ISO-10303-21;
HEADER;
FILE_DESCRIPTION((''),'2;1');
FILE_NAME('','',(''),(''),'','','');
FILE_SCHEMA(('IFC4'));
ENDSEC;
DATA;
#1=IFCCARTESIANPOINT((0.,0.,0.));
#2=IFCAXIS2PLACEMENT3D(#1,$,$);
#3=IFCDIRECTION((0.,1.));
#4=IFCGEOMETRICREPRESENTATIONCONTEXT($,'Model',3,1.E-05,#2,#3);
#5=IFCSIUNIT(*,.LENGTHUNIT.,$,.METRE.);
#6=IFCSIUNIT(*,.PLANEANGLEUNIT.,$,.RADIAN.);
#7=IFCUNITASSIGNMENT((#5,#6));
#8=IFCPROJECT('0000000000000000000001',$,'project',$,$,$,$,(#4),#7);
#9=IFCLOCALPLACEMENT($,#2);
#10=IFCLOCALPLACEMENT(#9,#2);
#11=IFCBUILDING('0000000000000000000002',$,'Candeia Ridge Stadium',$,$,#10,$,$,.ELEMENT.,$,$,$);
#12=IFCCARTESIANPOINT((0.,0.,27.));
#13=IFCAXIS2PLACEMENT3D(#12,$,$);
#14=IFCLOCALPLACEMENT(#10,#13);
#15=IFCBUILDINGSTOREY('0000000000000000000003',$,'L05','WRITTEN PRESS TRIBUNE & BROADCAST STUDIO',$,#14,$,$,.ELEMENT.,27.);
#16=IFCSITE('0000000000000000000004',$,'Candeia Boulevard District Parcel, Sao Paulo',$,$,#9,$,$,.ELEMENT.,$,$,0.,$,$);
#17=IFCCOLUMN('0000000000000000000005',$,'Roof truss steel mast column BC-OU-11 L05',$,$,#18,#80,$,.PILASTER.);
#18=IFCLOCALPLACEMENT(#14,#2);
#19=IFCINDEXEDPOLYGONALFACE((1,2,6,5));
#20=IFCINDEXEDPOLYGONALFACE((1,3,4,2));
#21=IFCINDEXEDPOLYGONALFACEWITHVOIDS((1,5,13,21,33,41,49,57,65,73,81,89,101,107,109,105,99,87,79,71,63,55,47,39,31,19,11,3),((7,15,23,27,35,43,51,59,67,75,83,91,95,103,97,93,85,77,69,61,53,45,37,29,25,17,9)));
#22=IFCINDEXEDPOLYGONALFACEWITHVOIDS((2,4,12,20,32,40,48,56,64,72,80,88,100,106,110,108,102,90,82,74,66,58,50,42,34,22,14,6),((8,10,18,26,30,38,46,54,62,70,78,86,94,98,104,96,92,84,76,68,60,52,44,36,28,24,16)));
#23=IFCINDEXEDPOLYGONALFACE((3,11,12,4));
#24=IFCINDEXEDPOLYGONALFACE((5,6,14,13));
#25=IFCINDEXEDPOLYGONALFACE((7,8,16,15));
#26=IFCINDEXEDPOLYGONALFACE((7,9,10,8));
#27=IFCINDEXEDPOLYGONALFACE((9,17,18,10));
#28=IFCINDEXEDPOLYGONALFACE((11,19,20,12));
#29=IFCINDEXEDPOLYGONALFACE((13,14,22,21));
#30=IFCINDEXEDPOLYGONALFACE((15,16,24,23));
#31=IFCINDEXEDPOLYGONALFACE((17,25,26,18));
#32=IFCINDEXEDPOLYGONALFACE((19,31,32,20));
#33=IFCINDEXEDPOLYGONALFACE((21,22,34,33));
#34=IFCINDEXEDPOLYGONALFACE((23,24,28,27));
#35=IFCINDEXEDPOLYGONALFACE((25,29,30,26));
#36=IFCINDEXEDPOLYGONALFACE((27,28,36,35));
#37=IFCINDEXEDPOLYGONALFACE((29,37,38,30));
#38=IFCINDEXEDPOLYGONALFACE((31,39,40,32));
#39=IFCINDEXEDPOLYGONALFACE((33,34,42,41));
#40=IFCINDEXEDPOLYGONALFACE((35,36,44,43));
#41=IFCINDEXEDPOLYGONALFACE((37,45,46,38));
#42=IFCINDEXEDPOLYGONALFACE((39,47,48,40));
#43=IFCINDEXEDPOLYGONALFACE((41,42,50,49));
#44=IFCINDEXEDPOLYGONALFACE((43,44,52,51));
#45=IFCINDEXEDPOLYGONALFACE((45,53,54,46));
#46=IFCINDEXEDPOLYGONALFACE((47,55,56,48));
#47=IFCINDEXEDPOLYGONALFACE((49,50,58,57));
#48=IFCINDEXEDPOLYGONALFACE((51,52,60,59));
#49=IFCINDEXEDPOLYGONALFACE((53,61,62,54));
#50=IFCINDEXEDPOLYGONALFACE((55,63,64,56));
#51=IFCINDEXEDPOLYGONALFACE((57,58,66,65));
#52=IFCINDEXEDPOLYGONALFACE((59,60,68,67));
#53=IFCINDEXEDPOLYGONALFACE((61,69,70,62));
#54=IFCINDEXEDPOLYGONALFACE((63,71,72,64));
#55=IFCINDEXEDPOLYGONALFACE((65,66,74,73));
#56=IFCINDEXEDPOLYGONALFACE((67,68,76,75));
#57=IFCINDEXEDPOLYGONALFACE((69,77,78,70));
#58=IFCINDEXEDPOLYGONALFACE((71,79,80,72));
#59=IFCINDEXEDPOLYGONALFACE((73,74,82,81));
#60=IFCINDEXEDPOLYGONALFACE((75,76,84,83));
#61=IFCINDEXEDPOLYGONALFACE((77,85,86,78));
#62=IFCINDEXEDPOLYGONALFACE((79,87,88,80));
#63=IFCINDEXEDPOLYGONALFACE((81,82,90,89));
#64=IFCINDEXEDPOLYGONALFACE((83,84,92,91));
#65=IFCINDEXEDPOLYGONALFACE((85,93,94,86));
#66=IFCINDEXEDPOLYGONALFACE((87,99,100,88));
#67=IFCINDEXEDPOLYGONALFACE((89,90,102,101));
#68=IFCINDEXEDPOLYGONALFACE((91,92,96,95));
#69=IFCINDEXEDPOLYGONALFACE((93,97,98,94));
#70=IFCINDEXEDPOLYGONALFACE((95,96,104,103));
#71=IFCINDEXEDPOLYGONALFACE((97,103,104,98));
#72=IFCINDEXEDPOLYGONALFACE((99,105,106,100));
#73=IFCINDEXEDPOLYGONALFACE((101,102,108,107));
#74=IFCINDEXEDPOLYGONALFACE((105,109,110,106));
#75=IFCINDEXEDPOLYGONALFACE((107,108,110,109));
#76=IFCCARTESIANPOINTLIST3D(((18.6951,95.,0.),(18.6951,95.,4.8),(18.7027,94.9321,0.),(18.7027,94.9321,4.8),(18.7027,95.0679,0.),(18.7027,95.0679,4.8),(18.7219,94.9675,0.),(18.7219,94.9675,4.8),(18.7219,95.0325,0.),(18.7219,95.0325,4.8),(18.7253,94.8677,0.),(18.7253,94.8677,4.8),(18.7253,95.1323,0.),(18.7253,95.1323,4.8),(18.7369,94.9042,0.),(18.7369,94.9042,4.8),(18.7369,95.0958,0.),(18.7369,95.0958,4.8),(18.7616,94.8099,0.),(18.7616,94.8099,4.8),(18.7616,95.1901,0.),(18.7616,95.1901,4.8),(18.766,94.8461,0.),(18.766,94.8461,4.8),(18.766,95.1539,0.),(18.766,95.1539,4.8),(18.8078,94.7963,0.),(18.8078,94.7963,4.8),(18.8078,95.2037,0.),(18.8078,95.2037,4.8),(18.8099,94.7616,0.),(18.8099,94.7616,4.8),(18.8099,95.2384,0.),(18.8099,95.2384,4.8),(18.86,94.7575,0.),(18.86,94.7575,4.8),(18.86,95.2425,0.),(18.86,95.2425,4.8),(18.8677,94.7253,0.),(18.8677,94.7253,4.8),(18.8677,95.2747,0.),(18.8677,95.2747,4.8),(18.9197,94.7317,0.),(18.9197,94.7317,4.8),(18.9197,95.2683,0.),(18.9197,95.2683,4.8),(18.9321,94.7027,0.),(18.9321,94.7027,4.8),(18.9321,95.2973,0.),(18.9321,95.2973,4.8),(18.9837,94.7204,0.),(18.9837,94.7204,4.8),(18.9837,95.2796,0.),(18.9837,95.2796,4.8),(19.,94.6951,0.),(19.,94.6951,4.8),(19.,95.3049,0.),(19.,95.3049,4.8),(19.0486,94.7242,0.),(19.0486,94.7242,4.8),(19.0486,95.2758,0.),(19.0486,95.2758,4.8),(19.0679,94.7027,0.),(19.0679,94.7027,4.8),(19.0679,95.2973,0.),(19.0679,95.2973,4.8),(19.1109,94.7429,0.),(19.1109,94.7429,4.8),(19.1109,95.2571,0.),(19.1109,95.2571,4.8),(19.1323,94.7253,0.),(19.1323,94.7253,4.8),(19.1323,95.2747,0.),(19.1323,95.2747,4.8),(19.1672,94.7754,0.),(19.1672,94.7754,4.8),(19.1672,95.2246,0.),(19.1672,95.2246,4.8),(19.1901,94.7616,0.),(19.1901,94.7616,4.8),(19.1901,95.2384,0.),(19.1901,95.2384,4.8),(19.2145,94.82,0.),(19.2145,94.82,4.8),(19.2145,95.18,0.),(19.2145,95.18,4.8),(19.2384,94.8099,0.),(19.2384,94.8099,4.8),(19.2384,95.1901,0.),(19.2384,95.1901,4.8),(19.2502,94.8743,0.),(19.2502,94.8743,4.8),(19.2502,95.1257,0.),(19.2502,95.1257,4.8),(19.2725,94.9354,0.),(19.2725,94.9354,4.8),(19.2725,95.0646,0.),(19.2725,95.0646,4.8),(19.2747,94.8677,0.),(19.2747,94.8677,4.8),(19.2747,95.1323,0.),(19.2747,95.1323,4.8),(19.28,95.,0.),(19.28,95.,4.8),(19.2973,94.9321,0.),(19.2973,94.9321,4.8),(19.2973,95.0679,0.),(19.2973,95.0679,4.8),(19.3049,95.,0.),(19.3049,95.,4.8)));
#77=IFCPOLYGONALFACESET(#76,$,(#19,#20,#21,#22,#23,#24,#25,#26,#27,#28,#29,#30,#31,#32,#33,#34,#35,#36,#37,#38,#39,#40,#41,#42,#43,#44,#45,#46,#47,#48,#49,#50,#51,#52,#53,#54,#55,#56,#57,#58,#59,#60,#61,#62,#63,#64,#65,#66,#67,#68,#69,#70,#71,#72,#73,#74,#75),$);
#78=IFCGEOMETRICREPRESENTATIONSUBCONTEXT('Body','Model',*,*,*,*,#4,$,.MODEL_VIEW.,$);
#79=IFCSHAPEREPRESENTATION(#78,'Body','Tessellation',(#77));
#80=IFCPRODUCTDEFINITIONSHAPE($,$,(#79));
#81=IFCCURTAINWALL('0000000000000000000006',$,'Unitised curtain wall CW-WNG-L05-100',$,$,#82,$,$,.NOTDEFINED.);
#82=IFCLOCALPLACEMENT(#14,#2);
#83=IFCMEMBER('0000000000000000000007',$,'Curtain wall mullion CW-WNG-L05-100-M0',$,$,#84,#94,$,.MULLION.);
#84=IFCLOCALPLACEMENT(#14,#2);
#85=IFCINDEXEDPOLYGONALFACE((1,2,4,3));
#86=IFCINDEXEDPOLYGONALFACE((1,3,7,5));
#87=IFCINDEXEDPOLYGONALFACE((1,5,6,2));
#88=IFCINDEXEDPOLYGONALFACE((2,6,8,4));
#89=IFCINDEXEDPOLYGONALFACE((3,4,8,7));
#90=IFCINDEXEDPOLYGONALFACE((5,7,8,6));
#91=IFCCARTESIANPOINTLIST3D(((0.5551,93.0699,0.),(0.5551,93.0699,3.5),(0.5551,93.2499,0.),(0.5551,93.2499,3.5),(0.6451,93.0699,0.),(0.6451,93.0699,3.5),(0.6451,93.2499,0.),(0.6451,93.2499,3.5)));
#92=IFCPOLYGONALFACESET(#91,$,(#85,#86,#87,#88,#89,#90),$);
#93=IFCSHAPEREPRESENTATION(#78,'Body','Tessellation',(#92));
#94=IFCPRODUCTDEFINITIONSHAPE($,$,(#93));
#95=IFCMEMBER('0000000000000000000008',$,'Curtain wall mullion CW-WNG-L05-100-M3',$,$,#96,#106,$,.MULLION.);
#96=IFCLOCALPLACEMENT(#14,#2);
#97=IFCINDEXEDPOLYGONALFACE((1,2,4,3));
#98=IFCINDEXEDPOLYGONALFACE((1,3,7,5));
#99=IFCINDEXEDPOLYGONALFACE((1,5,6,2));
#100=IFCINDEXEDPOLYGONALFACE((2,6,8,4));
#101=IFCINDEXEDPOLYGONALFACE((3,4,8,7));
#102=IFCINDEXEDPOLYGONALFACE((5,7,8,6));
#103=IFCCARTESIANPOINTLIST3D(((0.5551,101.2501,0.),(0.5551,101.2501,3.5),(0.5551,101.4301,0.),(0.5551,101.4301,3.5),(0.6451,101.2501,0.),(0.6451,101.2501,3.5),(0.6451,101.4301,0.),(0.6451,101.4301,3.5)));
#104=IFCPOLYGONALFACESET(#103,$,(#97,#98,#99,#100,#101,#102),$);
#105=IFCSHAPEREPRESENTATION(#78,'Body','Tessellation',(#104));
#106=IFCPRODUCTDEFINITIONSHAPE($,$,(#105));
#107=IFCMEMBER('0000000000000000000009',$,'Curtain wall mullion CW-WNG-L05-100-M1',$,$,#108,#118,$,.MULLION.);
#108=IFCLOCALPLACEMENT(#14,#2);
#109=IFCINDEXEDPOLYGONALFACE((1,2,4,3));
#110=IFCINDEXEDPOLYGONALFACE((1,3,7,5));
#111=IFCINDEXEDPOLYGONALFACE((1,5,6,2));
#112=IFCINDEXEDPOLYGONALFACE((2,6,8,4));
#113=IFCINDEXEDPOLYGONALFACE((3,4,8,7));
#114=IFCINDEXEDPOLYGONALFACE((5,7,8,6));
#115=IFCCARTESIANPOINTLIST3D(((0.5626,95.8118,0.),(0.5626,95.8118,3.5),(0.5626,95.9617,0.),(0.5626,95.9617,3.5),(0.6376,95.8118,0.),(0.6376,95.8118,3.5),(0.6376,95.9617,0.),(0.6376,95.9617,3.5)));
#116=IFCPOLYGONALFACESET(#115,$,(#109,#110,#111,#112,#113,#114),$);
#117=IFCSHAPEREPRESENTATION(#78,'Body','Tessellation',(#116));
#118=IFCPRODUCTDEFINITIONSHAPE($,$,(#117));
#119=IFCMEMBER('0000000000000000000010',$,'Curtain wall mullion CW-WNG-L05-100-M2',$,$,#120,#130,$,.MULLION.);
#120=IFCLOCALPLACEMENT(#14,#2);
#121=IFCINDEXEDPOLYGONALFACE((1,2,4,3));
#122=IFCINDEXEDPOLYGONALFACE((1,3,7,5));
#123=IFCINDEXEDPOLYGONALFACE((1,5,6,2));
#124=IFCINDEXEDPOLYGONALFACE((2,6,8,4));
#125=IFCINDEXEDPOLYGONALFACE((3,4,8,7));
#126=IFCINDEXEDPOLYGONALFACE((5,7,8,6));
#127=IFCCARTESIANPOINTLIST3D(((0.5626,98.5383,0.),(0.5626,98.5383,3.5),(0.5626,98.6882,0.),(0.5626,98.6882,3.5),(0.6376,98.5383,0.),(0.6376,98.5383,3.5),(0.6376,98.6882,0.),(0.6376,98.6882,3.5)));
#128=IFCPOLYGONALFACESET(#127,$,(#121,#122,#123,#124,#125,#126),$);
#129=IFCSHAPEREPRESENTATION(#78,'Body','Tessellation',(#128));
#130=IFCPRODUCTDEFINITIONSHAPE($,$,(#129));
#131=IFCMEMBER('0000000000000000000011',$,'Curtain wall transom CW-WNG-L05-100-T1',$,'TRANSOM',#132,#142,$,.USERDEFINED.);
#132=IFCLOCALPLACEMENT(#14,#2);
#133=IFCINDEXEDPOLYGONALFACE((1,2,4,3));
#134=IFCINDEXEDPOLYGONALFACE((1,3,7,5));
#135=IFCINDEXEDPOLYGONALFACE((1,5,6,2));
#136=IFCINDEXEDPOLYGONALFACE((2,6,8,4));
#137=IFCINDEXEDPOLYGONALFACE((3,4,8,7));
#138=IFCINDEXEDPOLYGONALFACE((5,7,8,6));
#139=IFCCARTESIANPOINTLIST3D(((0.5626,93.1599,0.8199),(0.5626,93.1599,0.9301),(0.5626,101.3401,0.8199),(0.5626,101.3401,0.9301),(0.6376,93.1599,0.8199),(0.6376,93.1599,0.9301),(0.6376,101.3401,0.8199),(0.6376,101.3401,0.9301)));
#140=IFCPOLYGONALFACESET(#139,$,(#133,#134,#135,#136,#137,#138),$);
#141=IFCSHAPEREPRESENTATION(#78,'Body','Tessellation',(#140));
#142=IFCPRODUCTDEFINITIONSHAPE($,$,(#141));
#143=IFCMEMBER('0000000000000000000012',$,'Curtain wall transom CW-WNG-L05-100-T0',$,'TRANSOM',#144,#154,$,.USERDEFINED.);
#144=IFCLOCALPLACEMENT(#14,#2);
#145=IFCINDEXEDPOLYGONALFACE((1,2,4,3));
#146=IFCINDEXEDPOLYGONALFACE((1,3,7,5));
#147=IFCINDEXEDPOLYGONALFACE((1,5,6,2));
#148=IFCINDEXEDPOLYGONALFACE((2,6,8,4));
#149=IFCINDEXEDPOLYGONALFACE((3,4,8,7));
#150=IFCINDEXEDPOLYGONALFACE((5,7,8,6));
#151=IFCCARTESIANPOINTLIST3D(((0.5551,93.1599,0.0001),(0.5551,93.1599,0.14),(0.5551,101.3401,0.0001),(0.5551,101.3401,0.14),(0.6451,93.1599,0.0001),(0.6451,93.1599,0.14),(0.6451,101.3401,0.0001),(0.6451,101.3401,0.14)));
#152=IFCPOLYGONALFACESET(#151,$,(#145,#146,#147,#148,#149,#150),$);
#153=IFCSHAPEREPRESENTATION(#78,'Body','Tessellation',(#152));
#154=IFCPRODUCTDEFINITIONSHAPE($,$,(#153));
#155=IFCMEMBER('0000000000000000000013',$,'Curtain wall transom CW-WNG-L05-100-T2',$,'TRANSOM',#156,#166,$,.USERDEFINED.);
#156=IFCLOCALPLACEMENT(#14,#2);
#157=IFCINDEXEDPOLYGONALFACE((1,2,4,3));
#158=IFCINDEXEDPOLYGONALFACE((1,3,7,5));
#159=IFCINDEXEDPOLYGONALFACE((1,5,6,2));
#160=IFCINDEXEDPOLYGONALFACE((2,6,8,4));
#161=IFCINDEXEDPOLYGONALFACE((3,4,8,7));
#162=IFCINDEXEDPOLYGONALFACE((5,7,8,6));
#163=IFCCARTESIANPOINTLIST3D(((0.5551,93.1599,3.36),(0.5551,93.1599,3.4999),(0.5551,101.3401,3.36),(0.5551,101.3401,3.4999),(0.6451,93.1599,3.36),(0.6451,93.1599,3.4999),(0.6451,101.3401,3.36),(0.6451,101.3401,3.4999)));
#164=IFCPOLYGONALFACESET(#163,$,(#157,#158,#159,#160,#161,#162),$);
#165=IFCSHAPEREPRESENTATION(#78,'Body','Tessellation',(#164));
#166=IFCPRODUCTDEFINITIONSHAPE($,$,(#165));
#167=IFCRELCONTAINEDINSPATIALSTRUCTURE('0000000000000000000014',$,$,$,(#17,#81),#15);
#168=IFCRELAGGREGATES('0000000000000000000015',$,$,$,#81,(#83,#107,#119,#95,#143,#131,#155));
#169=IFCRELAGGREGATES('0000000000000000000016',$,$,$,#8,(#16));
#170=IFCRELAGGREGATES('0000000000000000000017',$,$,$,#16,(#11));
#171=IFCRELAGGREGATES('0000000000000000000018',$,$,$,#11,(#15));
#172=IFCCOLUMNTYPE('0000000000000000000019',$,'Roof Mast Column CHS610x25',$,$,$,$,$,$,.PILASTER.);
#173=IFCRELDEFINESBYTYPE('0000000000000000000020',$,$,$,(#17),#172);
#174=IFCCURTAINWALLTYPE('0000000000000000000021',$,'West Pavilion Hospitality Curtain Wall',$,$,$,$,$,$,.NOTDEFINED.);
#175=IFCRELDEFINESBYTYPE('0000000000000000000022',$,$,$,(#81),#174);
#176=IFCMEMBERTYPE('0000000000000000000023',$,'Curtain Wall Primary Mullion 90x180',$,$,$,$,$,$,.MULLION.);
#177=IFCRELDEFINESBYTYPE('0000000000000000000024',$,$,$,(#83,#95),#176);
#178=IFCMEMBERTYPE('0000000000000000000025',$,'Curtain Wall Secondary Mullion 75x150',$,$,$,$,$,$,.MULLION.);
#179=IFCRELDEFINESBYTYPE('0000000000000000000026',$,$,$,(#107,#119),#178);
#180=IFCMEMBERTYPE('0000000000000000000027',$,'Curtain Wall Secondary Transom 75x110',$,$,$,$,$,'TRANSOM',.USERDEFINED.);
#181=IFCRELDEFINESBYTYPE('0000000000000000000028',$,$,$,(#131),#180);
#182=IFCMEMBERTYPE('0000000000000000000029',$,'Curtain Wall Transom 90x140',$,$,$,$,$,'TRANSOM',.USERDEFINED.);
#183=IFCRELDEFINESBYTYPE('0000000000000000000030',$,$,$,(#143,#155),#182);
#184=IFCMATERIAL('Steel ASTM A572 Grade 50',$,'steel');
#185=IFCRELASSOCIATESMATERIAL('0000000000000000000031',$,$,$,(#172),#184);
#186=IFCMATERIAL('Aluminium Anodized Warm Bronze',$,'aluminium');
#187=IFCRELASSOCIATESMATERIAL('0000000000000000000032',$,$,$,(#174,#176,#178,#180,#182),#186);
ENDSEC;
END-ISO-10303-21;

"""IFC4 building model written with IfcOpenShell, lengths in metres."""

from ifc_helpers import new_model, si_unit, direction, frame, origin, origin_2d, place, context, subcontext, project, spatial, rectangle, hollow_circle, extrude, material, material_profile, profile_set, type_object, element, aggregate, save


model = new_model("IFC4")

# Units and contexts
model_context = context("Model", 3, precision=1e-05, world=origin(), true_north=direction((0.0, 1.0)))
body_context = subcontext(model_context, "Body", "Model", "MODEL_VIEW")
ifc_project = project(units=[si_unit("LENGTHUNIT", "METRE"), si_unit("PLANEANGLEUNIT", "RADIAN")], contexts=[model_context])

# Site, building, storey
site_placement = place(None, origin())
site = spatial("IfcSite", under=ifc_project, at=site_placement, Name="Candeia Boulevard District Parcel, Sao Paulo", CompositionType="ELEMENT", RefElevation=0.0)
building_placement = place(site_placement, origin())
building = spatial("IfcBuilding", under=site, at=building_placement, Name="Candeia Ridge Stadium", CompositionType="ELEMENT")
storey_placement = place(building_placement, frame((0.0, 0.0, 27.0)))
storey = spatial("IfcBuildingStorey", under=building, at=storey_placement, Name="L05", Description="WRITTEN PRESS TRIBUNE & BROADCAST STUDIO", CompositionType="ELEMENT", Elevation=27.0)

# Column
ifc_material_1 = material(Name="Steel ASTM A572 Grade 50", Category="steel")
ifc_material_profile_1 = material_profile(ifc_material_1, hollow_circle(Radius=0.3049, WallThickness=0.0249, at=origin_2d()), Name="CHS610x25", Category="steel")
ifc_profile_set_1 = profile_set([ifc_material_profile_1], Name="Steel ASTM A572 Grade 50")
column_type_1 = type_object("IfcColumnType", Name="Roof Mast Column CHS610x25", PredefinedType="PILASTER", material=ifc_profile_set_1)
column_1_placement = place(storey_placement, frame((19.0, 95.0, 0.0), z_axis=(0.0, 0.0, 1.0), x_axis=(1.0, 0.0, 0.0)))
element("IfcColumn", 1, at=column_1_placement, inside=storey, type_object=column_type_1, Name="Roof truss steel mast column BC-OU-11 L05", PredefinedType="PILASTER", context=body_context, shape_type="SweptSolid", body=[
    extrude(hollow_circle(Radius=0.3049, WallThickness=0.0249, at=origin_2d()), origin(), (0.0, 0.0, 1.0), 4.8),
])

# Curtain wall, members
ifc_material_2 = material(Name="Aluminium Anodized Warm Bronze", Category="aluminium")
curtain_wall_type = type_object("IfcCurtainWallType", Name="West Pavilion Hospitality Curtain Wall", PredefinedType="NOTDEFINED", material=ifc_material_2)
curtain_wall_placement = place(storey_placement, origin())
curtain_wall = element("IfcCurtainWall", 2, at=curtain_wall_placement, inside=storey, type_object=curtain_wall_type, Name="Unitised curtain wall CW-WNG-L05-100", PredefinedType="NOTDEFINED")
ifc_material_profile_2 = material_profile(ifc_material_2, rectangle(XDim=0.0901, YDim=0.1799, at=origin_2d()), Name="CWM-90x180", Category="aluminium")
ifc_profile_set_2 = profile_set([ifc_material_profile_2], Name="Aluminium Anodized Warm Bronze")
member_type_1 = type_object("IfcMemberType", Name="Curtain Wall Primary Mullion 90x180", PredefinedType="MULLION", material=ifc_profile_set_2)
member_1_placement = place(storey_placement, frame((0.6001, 93.1599, 0.0), z_axis=(0.0, 0.0, 1.0), x_axis=(1.0, 0.0, 0.0)))
member_1 = element("IfcMember", 3, at=member_1_placement, type_object=member_type_1, Name="Curtain wall mullion CW-WNG-L05-100-M0", PredefinedType="MULLION", context=body_context, shape_type="SweptSolid", body=[
    extrude(rectangle(XDim=0.0901, YDim=0.1799, at=origin_2d()), origin(), (0.0, 0.0, 1.0), 3.5),
])
member_2_placement = place(storey_placement, frame((0.6001, 101.3401, 0.0), z_axis=(0.0, 0.0, 1.0), x_axis=(1.0, 0.0, 0.0)))
member_2 = element("IfcMember", 4, at=member_2_placement, type_object=member_type_1, Name="Curtain wall mullion CW-WNG-L05-100-M3", PredefinedType="MULLION", context=body_context, shape_type="SweptSolid", body=[
    extrude(rectangle(XDim=0.0901, YDim=0.1799, at=origin_2d()), origin(), (0.0, 0.0, 1.0), 3.5),
])
ifc_material_profile_3 = material_profile(ifc_material_2, rectangle(XDim=0.075, YDim=0.1499, at=origin_2d()), Name="CWM-75x150", Category="aluminium")
ifc_profile_set_3 = profile_set([ifc_material_profile_3], Name="Aluminium Anodized Warm Bronze")
member_type_2 = type_object("IfcMemberType", Name="Curtain Wall Secondary Mullion 75x150", PredefinedType="MULLION", material=ifc_profile_set_3)
member_3_placement = place(storey_placement, frame((0.6001, 95.8867, 0.0), z_axis=(0.0, 0.0, 1.0), x_axis=(1.0, 0.0, 0.0)))
member_3 = element("IfcMember", 5, at=member_3_placement, type_object=member_type_2, Name="Curtain wall mullion CW-WNG-L05-100-M1", PredefinedType="MULLION", context=body_context, shape_type="SweptSolid", body=[
    extrude(rectangle(XDim=0.075, YDim=0.1499, at=origin_2d()), origin(), (0.0, 0.0, 1.0), 3.5),
])
member_4_placement = place(storey_placement, frame((0.6001, 98.6133, 0.0), z_axis=(0.0, 0.0, 1.0), x_axis=(1.0, 0.0, 0.0)))
member_4 = element("IfcMember", 6, at=member_4_placement, type_object=member_type_2, Name="Curtain wall mullion CW-WNG-L05-100-M2", PredefinedType="MULLION", context=body_context, shape_type="SweptSolid", body=[
    extrude(rectangle(XDim=0.075, YDim=0.1499, at=origin_2d()), origin(), (0.0, 0.0, 1.0), 3.5),
])
ifc_material_profile_4 = material_profile(ifc_material_2, rectangle(XDim=0.075, YDim=0.1101, at=origin_2d()), Name="CWT-75x110", Category="aluminium")
ifc_profile_set_4 = profile_set([ifc_material_profile_4], Name="Aluminium Anodized Warm Bronze")
member_type_3 = type_object("IfcMemberType", Name="Curtain Wall Secondary Transom 75x110", ElementType="TRANSOM", PredefinedType="USERDEFINED", material=ifc_profile_set_4)
member_5_placement = place(storey_placement, frame((0.6001, 93.1599, 0.875), z_axis=(0.0, 1.0, 0.0), x_axis=(-1.0, 0.0, 0.0)))
member_5 = element("IfcMember", 7, at=member_5_placement, type_object=member_type_3, Name="Curtain wall transom CW-WNG-L05-100-T1", ObjectType="TRANSOM", PredefinedType="USERDEFINED", context=body_context, shape_type="SweptSolid", body=[
    extrude(rectangle(XDim=0.075, YDim=0.1101, at=origin_2d()), origin(), (0.0, 0.0, 1.0), 8.1802),
])
ifc_material_profile_5 = material_profile(ifc_material_2, rectangle(XDim=0.0901, YDim=0.1399, at=origin_2d()), Name="CWT-90x140", Category="aluminium")
ifc_profile_set_5 = profile_set([ifc_material_profile_5], Name="Aluminium Anodized Warm Bronze")
member_type_4 = type_object("IfcMemberType", Name="Curtain Wall Transom 90x140", ElementType="TRANSOM", PredefinedType="USERDEFINED", material=ifc_profile_set_5)
member_6_placement = place(storey_placement, frame((0.6001, 93.1599, 0.0701), z_axis=(0.0, 1.0, 0.0), x_axis=(-1.0, 0.0, 0.0)))
member_6 = element("IfcMember", 8, at=member_6_placement, type_object=member_type_4, Name="Curtain wall transom CW-WNG-L05-100-T0", ObjectType="TRANSOM", PredefinedType="USERDEFINED", context=body_context, shape_type="SweptSolid", body=[
    extrude(rectangle(XDim=0.0901, YDim=0.1399, at=origin_2d()), origin(), (0.0, 0.0, 1.0), 8.1802),
])
member_7_placement = place(storey_placement, frame((0.6001, 93.1599, 3.4299), z_axis=(0.0, 1.0, 0.0), x_axis=(-1.0, 0.0, 0.0)))
member_7 = element("IfcMember", 9, at=member_7_placement, type_object=member_type_4, Name="Curtain wall transom CW-WNG-L05-100-T2", ObjectType="TRANSOM", PredefinedType="USERDEFINED", context=body_context, shape_type="SweptSolid", body=[
    extrude(rectangle(XDim=0.0901, YDim=0.1399, at=origin_2d()), origin(), (0.0, 0.0, 1.0), 8.1802),
])

aggregate(curtain_wall, [member_1, member_3, member_4, member_2, member_6, member_5, member_7])

save(model, "model.ifc")
